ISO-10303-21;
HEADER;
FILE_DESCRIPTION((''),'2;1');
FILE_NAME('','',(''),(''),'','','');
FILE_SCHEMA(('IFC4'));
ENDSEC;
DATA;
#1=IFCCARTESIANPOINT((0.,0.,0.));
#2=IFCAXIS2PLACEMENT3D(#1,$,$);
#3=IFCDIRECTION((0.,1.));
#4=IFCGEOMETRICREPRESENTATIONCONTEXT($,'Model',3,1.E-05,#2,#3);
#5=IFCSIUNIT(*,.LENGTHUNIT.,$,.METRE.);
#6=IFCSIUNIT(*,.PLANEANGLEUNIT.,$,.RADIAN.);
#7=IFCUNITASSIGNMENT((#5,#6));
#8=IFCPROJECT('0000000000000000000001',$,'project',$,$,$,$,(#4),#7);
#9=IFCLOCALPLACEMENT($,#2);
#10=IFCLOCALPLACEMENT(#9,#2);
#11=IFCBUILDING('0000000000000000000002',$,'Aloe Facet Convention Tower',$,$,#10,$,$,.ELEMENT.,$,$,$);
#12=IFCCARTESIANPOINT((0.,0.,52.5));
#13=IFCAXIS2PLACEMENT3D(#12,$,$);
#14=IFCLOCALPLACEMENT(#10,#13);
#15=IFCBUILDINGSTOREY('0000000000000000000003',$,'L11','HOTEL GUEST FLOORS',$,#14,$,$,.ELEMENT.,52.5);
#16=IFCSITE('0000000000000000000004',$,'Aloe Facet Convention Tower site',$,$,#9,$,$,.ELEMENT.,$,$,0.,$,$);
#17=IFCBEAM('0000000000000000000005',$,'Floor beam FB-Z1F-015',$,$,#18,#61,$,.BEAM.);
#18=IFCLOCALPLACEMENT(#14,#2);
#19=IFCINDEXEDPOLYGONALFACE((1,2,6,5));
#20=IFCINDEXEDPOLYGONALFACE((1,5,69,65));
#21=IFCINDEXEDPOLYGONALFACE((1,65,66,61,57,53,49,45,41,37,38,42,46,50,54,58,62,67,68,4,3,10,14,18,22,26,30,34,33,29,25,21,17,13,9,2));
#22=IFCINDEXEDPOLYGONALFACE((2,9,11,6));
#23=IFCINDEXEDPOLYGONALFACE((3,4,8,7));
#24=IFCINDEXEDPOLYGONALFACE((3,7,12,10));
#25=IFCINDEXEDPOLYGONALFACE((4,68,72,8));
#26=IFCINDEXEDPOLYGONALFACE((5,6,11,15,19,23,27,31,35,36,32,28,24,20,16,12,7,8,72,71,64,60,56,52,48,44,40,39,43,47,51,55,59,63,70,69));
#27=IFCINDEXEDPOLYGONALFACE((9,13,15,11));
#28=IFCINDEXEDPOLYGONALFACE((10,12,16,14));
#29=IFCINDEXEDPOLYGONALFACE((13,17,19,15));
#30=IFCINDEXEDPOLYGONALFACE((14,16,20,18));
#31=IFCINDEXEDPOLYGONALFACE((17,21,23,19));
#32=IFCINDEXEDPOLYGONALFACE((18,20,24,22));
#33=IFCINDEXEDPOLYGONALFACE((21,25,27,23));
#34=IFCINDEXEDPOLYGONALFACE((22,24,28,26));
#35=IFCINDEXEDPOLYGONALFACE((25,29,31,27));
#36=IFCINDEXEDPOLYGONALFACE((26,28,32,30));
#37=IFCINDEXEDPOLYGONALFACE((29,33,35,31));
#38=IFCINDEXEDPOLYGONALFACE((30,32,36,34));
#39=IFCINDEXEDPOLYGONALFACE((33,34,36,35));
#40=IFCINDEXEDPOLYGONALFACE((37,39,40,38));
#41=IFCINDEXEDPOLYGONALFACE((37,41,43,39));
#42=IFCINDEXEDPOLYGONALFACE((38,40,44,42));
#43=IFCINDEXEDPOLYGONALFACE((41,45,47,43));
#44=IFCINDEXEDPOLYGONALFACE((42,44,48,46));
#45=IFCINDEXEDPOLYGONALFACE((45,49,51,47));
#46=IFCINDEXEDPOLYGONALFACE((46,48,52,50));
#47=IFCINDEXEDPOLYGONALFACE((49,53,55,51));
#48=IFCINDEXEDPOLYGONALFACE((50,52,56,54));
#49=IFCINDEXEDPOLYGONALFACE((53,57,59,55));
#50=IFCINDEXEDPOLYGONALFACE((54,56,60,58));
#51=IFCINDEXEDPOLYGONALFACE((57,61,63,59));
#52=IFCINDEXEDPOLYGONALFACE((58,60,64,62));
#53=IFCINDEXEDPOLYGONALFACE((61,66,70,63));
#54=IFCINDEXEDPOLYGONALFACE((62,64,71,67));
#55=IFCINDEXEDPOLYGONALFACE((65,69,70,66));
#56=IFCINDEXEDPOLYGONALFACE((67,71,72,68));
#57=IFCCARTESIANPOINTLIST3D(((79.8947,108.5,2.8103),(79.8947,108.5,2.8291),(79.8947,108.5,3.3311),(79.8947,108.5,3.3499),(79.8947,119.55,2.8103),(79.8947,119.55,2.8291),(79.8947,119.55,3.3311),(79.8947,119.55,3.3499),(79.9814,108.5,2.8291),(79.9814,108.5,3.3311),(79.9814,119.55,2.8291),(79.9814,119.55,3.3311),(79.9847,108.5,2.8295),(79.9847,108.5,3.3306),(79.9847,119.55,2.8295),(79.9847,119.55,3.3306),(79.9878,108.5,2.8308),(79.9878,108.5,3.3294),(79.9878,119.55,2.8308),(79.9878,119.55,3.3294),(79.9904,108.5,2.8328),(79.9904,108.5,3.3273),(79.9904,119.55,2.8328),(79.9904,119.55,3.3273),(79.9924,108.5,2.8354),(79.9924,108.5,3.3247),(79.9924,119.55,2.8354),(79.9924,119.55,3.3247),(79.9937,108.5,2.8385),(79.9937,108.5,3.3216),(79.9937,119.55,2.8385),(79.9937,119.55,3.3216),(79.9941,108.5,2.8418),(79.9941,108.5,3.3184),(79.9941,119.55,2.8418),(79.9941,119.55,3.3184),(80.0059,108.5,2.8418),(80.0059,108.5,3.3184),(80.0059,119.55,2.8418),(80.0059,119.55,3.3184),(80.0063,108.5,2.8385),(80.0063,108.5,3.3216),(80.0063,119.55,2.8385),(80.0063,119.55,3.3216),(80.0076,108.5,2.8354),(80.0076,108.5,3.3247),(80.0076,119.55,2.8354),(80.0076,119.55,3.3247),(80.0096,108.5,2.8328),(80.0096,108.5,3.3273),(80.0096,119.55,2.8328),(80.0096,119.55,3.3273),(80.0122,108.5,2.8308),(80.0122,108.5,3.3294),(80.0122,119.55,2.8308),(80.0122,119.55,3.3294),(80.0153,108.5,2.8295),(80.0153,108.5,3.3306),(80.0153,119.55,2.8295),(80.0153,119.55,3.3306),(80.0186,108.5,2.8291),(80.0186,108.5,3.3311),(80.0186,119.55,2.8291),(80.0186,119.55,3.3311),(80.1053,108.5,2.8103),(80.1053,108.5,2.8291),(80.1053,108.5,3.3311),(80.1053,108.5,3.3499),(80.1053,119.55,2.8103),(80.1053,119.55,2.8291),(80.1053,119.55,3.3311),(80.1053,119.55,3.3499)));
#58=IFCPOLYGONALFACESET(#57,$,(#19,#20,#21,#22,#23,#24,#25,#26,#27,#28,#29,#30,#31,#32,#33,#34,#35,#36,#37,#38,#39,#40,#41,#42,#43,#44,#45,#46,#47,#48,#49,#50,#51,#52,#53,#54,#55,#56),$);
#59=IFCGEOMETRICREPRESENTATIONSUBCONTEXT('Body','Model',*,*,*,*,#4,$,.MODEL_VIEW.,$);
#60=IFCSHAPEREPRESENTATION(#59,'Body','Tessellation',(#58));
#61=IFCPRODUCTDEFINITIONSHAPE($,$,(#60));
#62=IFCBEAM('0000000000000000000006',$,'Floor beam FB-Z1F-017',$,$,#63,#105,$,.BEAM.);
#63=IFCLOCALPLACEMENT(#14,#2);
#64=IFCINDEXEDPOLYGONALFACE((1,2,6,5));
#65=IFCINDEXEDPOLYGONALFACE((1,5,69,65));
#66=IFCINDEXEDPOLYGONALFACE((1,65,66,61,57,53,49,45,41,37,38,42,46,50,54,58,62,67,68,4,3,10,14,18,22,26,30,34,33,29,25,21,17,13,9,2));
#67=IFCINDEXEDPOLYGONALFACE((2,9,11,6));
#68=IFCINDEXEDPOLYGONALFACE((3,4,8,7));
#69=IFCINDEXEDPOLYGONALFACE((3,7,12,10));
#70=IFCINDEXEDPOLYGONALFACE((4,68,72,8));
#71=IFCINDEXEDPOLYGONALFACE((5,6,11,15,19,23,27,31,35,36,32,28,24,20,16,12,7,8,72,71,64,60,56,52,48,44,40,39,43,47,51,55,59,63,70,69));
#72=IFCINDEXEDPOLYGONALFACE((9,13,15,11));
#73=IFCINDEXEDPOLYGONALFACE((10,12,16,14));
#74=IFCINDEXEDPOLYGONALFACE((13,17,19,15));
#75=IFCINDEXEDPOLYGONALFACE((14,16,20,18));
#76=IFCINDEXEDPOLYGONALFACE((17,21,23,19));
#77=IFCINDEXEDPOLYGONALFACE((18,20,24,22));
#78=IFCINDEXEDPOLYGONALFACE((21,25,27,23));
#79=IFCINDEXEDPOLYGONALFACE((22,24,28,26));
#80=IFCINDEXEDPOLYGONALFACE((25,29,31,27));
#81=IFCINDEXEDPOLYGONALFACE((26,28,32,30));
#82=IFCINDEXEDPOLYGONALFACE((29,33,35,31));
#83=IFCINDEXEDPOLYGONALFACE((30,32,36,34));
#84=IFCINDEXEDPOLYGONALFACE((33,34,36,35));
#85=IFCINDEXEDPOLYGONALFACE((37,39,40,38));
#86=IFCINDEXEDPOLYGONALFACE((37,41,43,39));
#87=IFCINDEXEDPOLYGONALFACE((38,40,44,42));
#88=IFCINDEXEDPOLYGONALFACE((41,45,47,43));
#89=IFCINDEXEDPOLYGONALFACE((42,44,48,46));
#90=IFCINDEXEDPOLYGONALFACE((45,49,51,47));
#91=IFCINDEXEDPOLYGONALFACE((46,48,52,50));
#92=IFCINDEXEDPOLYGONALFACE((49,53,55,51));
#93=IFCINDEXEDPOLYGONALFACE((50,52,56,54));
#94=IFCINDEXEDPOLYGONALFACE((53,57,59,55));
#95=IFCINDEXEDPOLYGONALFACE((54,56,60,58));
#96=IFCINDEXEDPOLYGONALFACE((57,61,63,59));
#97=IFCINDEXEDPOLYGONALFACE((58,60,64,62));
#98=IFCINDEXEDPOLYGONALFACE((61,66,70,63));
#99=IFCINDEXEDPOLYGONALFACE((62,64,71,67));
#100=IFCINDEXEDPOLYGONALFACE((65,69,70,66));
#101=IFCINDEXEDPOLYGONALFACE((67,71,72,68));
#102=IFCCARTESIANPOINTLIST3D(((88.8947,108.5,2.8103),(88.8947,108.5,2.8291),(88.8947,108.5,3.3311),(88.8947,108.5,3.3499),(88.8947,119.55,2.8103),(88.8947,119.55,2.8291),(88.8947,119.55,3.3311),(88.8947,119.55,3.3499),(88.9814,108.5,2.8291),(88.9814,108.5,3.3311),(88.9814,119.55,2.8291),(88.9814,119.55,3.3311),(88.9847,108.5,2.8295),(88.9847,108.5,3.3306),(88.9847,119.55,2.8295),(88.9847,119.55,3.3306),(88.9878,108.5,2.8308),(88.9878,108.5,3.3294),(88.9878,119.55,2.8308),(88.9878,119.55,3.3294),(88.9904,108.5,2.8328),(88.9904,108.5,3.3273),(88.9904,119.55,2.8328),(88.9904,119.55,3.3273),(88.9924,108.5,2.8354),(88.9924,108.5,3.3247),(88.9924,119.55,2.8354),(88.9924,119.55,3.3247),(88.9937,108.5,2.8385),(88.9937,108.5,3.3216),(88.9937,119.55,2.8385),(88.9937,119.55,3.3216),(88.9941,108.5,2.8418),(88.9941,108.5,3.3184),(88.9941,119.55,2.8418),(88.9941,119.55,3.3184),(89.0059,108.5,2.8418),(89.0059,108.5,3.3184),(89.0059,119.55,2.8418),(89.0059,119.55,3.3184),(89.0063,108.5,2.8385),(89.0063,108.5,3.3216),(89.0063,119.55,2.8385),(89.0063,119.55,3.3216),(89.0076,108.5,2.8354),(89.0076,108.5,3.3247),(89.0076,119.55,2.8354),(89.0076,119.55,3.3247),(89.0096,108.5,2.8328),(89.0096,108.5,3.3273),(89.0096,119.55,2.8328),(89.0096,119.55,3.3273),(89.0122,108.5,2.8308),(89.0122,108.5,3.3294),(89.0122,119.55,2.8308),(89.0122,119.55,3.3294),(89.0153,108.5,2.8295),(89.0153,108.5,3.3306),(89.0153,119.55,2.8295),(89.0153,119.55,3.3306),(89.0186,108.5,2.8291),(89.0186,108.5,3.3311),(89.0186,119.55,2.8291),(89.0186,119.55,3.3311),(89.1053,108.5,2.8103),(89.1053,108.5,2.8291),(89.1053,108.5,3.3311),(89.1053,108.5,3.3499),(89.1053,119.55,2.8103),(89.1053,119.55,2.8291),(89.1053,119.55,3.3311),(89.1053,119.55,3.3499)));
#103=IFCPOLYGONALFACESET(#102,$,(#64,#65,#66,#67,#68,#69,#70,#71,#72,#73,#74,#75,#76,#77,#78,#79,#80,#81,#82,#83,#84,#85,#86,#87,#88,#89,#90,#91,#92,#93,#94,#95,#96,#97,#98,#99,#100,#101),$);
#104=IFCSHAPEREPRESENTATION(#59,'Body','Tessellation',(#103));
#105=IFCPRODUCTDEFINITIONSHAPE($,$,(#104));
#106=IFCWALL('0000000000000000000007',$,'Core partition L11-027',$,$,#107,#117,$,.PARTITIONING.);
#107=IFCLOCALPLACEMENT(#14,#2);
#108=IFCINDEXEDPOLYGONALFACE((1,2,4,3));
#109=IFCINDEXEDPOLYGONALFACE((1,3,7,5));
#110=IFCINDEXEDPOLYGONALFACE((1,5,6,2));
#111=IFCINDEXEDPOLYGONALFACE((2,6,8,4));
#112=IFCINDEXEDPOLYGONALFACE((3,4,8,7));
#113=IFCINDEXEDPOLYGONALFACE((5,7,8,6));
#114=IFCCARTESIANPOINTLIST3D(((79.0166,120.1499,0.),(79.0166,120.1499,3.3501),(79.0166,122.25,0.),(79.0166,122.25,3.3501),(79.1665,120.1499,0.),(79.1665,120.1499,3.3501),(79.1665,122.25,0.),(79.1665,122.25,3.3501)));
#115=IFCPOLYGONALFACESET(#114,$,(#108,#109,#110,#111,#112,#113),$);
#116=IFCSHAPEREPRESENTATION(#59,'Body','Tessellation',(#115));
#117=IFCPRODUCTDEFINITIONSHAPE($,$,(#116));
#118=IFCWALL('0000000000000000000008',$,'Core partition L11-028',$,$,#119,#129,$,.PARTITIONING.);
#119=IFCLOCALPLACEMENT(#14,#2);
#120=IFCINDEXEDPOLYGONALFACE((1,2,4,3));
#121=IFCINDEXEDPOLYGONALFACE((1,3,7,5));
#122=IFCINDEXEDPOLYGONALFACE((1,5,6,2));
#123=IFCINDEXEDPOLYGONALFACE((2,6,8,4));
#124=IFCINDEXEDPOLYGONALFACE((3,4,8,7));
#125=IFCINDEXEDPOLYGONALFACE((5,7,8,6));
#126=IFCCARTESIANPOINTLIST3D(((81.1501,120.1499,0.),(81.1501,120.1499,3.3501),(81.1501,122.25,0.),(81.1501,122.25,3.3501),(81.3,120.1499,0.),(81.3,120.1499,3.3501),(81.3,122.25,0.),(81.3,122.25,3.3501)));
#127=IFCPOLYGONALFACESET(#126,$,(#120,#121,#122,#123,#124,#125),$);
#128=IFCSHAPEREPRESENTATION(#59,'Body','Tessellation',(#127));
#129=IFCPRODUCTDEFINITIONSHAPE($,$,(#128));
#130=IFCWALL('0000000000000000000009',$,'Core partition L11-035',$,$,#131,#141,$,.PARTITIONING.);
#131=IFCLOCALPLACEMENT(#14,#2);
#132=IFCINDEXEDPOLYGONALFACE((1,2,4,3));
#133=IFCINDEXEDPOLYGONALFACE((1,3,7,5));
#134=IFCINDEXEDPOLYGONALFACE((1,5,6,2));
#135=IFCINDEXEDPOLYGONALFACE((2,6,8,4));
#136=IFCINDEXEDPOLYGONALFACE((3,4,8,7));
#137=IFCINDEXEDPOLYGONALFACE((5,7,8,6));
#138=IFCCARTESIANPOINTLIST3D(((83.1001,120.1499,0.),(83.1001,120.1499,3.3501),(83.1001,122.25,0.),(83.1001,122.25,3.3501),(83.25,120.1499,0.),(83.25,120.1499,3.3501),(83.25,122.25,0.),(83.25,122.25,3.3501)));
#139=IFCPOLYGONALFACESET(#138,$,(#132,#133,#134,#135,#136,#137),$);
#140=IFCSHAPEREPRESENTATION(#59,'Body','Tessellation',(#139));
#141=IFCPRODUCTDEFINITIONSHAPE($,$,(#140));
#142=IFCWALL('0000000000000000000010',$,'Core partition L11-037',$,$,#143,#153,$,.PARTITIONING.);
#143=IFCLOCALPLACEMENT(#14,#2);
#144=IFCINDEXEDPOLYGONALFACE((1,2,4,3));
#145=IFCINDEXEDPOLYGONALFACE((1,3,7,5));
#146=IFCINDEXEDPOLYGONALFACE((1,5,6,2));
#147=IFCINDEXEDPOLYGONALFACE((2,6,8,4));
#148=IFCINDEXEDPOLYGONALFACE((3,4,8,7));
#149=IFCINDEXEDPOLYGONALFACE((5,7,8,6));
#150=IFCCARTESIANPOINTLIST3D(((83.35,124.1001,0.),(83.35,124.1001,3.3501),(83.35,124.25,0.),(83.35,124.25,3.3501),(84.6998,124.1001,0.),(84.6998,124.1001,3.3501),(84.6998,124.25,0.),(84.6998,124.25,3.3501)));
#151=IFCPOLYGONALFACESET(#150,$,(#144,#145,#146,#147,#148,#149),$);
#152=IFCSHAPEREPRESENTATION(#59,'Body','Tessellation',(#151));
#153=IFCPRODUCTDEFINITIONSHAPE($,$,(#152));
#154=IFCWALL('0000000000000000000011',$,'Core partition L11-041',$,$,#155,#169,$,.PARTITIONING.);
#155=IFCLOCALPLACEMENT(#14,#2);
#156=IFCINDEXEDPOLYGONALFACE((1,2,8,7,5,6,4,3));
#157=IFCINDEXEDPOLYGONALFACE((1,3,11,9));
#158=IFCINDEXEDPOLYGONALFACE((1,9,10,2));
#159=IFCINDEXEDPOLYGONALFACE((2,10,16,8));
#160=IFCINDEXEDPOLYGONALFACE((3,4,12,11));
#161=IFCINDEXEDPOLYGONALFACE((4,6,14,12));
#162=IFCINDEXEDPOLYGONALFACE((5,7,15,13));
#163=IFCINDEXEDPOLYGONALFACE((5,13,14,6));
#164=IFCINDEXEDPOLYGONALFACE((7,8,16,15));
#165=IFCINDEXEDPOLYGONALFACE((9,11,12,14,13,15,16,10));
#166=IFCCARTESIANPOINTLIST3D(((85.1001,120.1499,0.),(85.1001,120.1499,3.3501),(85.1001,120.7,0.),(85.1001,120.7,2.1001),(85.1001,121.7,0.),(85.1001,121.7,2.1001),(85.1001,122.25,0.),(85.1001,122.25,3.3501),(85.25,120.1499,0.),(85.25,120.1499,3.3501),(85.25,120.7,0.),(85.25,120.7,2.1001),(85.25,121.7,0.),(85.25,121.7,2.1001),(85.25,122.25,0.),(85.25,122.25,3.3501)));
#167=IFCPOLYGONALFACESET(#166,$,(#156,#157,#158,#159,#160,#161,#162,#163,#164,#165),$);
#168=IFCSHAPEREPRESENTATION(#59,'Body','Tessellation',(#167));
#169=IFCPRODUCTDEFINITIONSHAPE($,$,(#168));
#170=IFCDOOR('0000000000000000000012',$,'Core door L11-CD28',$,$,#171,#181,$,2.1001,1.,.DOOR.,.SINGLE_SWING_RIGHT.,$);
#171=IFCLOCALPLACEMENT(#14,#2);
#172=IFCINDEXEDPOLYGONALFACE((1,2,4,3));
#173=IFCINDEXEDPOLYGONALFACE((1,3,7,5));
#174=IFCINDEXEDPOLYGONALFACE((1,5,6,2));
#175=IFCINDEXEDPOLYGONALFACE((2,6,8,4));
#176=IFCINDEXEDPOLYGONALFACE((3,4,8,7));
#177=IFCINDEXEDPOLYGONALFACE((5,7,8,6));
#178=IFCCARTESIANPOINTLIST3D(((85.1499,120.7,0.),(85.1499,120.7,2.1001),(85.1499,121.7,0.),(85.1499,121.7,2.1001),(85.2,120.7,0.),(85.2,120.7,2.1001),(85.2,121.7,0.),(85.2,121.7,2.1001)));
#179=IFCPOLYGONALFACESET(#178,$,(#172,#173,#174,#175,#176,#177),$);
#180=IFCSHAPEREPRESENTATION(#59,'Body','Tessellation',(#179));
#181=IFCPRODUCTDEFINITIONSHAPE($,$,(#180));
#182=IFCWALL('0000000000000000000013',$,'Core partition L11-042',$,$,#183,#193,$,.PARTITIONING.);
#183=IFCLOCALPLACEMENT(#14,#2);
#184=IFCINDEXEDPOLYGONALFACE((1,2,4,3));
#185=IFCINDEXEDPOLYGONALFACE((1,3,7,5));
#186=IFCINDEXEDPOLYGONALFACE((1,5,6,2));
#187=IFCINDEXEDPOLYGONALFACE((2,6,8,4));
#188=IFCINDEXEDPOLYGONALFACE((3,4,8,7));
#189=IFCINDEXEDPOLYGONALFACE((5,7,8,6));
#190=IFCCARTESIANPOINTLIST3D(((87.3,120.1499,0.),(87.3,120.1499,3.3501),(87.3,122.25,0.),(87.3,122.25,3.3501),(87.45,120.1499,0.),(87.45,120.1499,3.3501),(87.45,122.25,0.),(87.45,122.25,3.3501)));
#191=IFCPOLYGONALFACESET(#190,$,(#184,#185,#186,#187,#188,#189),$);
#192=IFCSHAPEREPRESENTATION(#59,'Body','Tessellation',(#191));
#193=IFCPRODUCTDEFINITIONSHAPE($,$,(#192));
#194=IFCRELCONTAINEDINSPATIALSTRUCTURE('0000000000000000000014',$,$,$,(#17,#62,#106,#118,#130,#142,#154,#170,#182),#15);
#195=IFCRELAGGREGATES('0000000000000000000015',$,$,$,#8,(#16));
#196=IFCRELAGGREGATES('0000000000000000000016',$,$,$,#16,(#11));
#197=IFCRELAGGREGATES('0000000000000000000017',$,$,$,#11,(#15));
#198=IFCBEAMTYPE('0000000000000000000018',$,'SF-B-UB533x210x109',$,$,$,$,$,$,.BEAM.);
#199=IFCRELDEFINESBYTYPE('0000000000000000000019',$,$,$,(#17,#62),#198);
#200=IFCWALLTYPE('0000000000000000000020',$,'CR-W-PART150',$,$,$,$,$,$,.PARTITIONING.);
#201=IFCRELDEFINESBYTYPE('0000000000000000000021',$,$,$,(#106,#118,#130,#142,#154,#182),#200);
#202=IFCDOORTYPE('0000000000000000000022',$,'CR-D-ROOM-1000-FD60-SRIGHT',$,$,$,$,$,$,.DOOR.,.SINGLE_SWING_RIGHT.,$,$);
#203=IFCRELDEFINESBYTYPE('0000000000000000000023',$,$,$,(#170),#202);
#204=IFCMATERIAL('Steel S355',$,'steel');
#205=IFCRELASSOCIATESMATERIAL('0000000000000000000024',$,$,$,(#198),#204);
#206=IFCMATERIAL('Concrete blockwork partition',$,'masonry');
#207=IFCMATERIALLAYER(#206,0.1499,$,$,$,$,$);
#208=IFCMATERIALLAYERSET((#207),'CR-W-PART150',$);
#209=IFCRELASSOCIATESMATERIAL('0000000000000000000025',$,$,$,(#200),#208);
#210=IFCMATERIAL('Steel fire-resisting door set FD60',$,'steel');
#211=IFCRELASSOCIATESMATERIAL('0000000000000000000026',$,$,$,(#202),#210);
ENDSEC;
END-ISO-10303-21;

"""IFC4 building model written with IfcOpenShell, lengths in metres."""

from ifc_helpers import new_model, si_unit, direction, frame, frame_2d, origin, origin_2d, place, context, subcontext, project, spatial, rectangle, i_section, extrude, material, layer, layer_set, material_profile, profile_set, type_object, element, fill, save


model = new_model("IFC4")

# Units and contexts
model_context = context("Model", 3, precision=1e-05, world=origin(), true_north=direction((0.0, 1.0)))
body_context = subcontext(model_context, "Body", "Model", "MODEL_VIEW")
ifc_project = project(units=[si_unit("LENGTHUNIT", "METRE"), si_unit("PLANEANGLEUNIT", "RADIAN")], contexts=[model_context])

# Site, building, storey
site_placement = place(None, origin())
site = spatial("IfcSite", under=ifc_project, at=site_placement, Name="Aloe Facet Convention Tower site", CompositionType="ELEMENT", RefElevation=0.0)
building_placement = place(site_placement, origin())
building = spatial("IfcBuilding", under=site, at=building_placement, Name="Aloe Facet Convention Tower", CompositionType="ELEMENT")
storey_placement = place(building_placement, frame((0.0, 0.0, 52.5)))
storey = spatial("IfcBuildingStorey", under=building, at=storey_placement, Name="L11", Description="HOTEL GUEST FLOORS", CompositionType="ELEMENT", Elevation=52.5)

# Beams
ifc_material_1 = material(Name="Steel S355", Category="steel")
ifc_material_profile = material_profile(ifc_material_1, i_section(OverallWidth=0.2107, OverallDepth=0.5396, WebThickness=0.0117, FlangeThickness=0.0188, FilletRadius=0.0127, at=origin_2d()), Name="UB 533x210x109")
ifc_profile_set = profile_set([ifc_material_profile], Name="Steel S355")
beam_type = type_object("IfcBeamType", Name="SF-B-UB533x210x109", PredefinedType="BEAM", material=ifc_profile_set)
for number, where, z_axis, x_axis, name in (
    (1, (80.0, 119.55, 3.0801), (0.0, -1.0, 0.0), (1.0, 0.0, 0.0), "Floor beam FB-Z1F-015"),
    (2, (89.0, 119.55, 3.0801), (0.0, -1.0, 0.0), (1.0, 0.0, 0.0), "Floor beam FB-Z1F-017"),
):
    element("IfcBeam", number, at=place(storey_placement, frame(where, z_axis=z_axis, x_axis=x_axis)), inside=storey, type_object=beam_type, Name=name, PredefinedType="BEAM", context=body_context, shape_type="SweptSolid", body=[
        extrude(i_section(OverallWidth=0.2107, OverallDepth=0.5396, WebThickness=0.0117, FlangeThickness=0.0188, FilletRadius=0.0127, at=origin_2d()), origin(), (0.0, 0.0, 1.0), 11.05),
    ])

# Walls
ifc_material_2 = material(Name="Concrete blockwork partition", Category="masonry")
ifc_layer_1 = layer(ifc_material_2, 0.1499)
ifc_layer_set_1 = layer_set([ifc_layer_1], Name="CR-W-PART150")
wall_type_1 = type_object("IfcWallType", Name="CR-W-PART150", PredefinedType="PARTITIONING", material=ifc_layer_set_1)
for number, where, z_axis, x_axis, name in (
    (3, (79.0916, 122.25, 0.0), (0.0, 0.0, 1.0), (0.0, -1.0, 0.0), "Core partition L11-027"),
    (4, (81.2251, 122.25, 0.0), (0.0, 0.0, 1.0), (0.0, -1.0, 0.0), "Core partition L11-028"),
    (5, (83.175, 122.25, 0.0), (0.0, 0.0, 1.0), (0.0, -1.0, 0.0), "Core partition L11-035"),
):
    element("IfcWall", number, at=place(storey_placement, frame(where, z_axis=z_axis, x_axis=x_axis)), inside=storey, type_object=wall_type_1, Name=name, PredefinedType="PARTITIONING", context=body_context, shape_type="SweptSolid", body=[
        extrude(rectangle(XDim=2.1001, YDim=0.1499, at=frame_2d((1.05, 0.0))), origin(), (0.0, 0.0, 1.0), 3.3501),
    ])
wall_1_placement = place(storey_placement, frame((83.3501, 124.175, 0.0), z_axis=(0.0, 0.0, 1.0), x_axis=(1.0, 0.0, 0.0)))
element("IfcWall", 6, at=wall_1_placement, inside=storey, type_object=wall_type_1, Name="Core partition L11-037", PredefinedType="PARTITIONING", context=body_context, shape_type="SweptSolid", body=[
    extrude(rectangle(XDim=1.3499, YDim=0.1499, at=frame_2d((0.6748, 0.0))), origin(), (0.0, 0.0, 1.0), 3.3501),
])

# Wall, opening, door
wall_2_placement = place(storey_placement, frame((85.175, 122.25, 0.0), z_axis=(0.0, 0.0, 1.0), x_axis=(0.0, -1.0, 0.0)))
wall_2 = element("IfcWall", 7, at=wall_2_placement, inside=storey, type_object=wall_type_1, Name="Core partition L11-041", PredefinedType="PARTITIONING", context=body_context, shape_type="SweptSolid", body=[
    extrude(rectangle(XDim=2.1001, YDim=0.1499, at=frame_2d((1.05, 0.0))), origin(), (0.0, 0.0, 1.0), 3.3501),
])
opening_1_placement = place(wall_2_placement, frame((0.55, 0.0, 0.0)))
opening_1 = element("IfcOpeningElement", 8, at=opening_1_placement, cuts=wall_2, PredefinedType="OPENING", context=body_context, shape_type="SweptSolid", body=[
    extrude(rectangle(XDim=1.0, YDim=2.1001, at=frame_2d((0.5, 1.05))), frame((0.0, 0.085, 0.0), z_axis=(0.0, -1.0, 0.0), x_axis=(1.0, 0.0, 0.0)), (0.0, 0.0, 1.0), 0.1699),
])
ifc_material_3 = material(Name="Steel fire-resisting door set FD60", Category="steel")
door_type_1 = type_object("IfcDoorType", Name="CR-D-ROOM-1000-FD60-SRIGHT", OperationType="SINGLE_SWING_RIGHT", PredefinedType="DOOR", material=ifc_material_3)
door_1_placement = place(opening_1_placement, origin())
door_1 = element("IfcDoor", 9, at=door_1_placement, inside=storey, type_object=door_type_1, Name="Core door L11-CD28", OperationType="SINGLE_SWING_RIGHT", OverallHeight=2.1001, OverallWidth=1.0, PredefinedType="DOOR", context=body_context, shape_type="SweptSolid", body=[
    extrude(rectangle(XDim=1.0, YDim=2.1001, at=frame_2d((0.5, 1.05))), frame((0.0, 0.0249, 0.0), z_axis=(0.0, -1.0, 0.0), x_axis=(1.0, 0.0, 0.0)), (0.0, 0.0, 1.0), 0.05),
])
fill(opening_1, door_1)

# Wall
for number, where, z_axis, x_axis, name in (
    (10, (87.375, 122.25, 0.0), (0.0, 0.0, 1.0), (0.0, -1.0, 0.0), "Core partition L11-042"),
):
    element("IfcWall", number, at=place(storey_placement, frame(where, z_axis=z_axis, x_axis=x_axis)), inside=storey, type_object=wall_type_1, Name=name, PredefinedType="PARTITIONING", context=body_context, shape_type="SweptSolid", body=[
        extrude(rectangle(XDim=2.1001, YDim=0.1499, at=frame_2d((1.05, 0.0))), origin(), (0.0, 0.0, 1.0), 3.3501),
    ])

save(model, "model.ifc")
